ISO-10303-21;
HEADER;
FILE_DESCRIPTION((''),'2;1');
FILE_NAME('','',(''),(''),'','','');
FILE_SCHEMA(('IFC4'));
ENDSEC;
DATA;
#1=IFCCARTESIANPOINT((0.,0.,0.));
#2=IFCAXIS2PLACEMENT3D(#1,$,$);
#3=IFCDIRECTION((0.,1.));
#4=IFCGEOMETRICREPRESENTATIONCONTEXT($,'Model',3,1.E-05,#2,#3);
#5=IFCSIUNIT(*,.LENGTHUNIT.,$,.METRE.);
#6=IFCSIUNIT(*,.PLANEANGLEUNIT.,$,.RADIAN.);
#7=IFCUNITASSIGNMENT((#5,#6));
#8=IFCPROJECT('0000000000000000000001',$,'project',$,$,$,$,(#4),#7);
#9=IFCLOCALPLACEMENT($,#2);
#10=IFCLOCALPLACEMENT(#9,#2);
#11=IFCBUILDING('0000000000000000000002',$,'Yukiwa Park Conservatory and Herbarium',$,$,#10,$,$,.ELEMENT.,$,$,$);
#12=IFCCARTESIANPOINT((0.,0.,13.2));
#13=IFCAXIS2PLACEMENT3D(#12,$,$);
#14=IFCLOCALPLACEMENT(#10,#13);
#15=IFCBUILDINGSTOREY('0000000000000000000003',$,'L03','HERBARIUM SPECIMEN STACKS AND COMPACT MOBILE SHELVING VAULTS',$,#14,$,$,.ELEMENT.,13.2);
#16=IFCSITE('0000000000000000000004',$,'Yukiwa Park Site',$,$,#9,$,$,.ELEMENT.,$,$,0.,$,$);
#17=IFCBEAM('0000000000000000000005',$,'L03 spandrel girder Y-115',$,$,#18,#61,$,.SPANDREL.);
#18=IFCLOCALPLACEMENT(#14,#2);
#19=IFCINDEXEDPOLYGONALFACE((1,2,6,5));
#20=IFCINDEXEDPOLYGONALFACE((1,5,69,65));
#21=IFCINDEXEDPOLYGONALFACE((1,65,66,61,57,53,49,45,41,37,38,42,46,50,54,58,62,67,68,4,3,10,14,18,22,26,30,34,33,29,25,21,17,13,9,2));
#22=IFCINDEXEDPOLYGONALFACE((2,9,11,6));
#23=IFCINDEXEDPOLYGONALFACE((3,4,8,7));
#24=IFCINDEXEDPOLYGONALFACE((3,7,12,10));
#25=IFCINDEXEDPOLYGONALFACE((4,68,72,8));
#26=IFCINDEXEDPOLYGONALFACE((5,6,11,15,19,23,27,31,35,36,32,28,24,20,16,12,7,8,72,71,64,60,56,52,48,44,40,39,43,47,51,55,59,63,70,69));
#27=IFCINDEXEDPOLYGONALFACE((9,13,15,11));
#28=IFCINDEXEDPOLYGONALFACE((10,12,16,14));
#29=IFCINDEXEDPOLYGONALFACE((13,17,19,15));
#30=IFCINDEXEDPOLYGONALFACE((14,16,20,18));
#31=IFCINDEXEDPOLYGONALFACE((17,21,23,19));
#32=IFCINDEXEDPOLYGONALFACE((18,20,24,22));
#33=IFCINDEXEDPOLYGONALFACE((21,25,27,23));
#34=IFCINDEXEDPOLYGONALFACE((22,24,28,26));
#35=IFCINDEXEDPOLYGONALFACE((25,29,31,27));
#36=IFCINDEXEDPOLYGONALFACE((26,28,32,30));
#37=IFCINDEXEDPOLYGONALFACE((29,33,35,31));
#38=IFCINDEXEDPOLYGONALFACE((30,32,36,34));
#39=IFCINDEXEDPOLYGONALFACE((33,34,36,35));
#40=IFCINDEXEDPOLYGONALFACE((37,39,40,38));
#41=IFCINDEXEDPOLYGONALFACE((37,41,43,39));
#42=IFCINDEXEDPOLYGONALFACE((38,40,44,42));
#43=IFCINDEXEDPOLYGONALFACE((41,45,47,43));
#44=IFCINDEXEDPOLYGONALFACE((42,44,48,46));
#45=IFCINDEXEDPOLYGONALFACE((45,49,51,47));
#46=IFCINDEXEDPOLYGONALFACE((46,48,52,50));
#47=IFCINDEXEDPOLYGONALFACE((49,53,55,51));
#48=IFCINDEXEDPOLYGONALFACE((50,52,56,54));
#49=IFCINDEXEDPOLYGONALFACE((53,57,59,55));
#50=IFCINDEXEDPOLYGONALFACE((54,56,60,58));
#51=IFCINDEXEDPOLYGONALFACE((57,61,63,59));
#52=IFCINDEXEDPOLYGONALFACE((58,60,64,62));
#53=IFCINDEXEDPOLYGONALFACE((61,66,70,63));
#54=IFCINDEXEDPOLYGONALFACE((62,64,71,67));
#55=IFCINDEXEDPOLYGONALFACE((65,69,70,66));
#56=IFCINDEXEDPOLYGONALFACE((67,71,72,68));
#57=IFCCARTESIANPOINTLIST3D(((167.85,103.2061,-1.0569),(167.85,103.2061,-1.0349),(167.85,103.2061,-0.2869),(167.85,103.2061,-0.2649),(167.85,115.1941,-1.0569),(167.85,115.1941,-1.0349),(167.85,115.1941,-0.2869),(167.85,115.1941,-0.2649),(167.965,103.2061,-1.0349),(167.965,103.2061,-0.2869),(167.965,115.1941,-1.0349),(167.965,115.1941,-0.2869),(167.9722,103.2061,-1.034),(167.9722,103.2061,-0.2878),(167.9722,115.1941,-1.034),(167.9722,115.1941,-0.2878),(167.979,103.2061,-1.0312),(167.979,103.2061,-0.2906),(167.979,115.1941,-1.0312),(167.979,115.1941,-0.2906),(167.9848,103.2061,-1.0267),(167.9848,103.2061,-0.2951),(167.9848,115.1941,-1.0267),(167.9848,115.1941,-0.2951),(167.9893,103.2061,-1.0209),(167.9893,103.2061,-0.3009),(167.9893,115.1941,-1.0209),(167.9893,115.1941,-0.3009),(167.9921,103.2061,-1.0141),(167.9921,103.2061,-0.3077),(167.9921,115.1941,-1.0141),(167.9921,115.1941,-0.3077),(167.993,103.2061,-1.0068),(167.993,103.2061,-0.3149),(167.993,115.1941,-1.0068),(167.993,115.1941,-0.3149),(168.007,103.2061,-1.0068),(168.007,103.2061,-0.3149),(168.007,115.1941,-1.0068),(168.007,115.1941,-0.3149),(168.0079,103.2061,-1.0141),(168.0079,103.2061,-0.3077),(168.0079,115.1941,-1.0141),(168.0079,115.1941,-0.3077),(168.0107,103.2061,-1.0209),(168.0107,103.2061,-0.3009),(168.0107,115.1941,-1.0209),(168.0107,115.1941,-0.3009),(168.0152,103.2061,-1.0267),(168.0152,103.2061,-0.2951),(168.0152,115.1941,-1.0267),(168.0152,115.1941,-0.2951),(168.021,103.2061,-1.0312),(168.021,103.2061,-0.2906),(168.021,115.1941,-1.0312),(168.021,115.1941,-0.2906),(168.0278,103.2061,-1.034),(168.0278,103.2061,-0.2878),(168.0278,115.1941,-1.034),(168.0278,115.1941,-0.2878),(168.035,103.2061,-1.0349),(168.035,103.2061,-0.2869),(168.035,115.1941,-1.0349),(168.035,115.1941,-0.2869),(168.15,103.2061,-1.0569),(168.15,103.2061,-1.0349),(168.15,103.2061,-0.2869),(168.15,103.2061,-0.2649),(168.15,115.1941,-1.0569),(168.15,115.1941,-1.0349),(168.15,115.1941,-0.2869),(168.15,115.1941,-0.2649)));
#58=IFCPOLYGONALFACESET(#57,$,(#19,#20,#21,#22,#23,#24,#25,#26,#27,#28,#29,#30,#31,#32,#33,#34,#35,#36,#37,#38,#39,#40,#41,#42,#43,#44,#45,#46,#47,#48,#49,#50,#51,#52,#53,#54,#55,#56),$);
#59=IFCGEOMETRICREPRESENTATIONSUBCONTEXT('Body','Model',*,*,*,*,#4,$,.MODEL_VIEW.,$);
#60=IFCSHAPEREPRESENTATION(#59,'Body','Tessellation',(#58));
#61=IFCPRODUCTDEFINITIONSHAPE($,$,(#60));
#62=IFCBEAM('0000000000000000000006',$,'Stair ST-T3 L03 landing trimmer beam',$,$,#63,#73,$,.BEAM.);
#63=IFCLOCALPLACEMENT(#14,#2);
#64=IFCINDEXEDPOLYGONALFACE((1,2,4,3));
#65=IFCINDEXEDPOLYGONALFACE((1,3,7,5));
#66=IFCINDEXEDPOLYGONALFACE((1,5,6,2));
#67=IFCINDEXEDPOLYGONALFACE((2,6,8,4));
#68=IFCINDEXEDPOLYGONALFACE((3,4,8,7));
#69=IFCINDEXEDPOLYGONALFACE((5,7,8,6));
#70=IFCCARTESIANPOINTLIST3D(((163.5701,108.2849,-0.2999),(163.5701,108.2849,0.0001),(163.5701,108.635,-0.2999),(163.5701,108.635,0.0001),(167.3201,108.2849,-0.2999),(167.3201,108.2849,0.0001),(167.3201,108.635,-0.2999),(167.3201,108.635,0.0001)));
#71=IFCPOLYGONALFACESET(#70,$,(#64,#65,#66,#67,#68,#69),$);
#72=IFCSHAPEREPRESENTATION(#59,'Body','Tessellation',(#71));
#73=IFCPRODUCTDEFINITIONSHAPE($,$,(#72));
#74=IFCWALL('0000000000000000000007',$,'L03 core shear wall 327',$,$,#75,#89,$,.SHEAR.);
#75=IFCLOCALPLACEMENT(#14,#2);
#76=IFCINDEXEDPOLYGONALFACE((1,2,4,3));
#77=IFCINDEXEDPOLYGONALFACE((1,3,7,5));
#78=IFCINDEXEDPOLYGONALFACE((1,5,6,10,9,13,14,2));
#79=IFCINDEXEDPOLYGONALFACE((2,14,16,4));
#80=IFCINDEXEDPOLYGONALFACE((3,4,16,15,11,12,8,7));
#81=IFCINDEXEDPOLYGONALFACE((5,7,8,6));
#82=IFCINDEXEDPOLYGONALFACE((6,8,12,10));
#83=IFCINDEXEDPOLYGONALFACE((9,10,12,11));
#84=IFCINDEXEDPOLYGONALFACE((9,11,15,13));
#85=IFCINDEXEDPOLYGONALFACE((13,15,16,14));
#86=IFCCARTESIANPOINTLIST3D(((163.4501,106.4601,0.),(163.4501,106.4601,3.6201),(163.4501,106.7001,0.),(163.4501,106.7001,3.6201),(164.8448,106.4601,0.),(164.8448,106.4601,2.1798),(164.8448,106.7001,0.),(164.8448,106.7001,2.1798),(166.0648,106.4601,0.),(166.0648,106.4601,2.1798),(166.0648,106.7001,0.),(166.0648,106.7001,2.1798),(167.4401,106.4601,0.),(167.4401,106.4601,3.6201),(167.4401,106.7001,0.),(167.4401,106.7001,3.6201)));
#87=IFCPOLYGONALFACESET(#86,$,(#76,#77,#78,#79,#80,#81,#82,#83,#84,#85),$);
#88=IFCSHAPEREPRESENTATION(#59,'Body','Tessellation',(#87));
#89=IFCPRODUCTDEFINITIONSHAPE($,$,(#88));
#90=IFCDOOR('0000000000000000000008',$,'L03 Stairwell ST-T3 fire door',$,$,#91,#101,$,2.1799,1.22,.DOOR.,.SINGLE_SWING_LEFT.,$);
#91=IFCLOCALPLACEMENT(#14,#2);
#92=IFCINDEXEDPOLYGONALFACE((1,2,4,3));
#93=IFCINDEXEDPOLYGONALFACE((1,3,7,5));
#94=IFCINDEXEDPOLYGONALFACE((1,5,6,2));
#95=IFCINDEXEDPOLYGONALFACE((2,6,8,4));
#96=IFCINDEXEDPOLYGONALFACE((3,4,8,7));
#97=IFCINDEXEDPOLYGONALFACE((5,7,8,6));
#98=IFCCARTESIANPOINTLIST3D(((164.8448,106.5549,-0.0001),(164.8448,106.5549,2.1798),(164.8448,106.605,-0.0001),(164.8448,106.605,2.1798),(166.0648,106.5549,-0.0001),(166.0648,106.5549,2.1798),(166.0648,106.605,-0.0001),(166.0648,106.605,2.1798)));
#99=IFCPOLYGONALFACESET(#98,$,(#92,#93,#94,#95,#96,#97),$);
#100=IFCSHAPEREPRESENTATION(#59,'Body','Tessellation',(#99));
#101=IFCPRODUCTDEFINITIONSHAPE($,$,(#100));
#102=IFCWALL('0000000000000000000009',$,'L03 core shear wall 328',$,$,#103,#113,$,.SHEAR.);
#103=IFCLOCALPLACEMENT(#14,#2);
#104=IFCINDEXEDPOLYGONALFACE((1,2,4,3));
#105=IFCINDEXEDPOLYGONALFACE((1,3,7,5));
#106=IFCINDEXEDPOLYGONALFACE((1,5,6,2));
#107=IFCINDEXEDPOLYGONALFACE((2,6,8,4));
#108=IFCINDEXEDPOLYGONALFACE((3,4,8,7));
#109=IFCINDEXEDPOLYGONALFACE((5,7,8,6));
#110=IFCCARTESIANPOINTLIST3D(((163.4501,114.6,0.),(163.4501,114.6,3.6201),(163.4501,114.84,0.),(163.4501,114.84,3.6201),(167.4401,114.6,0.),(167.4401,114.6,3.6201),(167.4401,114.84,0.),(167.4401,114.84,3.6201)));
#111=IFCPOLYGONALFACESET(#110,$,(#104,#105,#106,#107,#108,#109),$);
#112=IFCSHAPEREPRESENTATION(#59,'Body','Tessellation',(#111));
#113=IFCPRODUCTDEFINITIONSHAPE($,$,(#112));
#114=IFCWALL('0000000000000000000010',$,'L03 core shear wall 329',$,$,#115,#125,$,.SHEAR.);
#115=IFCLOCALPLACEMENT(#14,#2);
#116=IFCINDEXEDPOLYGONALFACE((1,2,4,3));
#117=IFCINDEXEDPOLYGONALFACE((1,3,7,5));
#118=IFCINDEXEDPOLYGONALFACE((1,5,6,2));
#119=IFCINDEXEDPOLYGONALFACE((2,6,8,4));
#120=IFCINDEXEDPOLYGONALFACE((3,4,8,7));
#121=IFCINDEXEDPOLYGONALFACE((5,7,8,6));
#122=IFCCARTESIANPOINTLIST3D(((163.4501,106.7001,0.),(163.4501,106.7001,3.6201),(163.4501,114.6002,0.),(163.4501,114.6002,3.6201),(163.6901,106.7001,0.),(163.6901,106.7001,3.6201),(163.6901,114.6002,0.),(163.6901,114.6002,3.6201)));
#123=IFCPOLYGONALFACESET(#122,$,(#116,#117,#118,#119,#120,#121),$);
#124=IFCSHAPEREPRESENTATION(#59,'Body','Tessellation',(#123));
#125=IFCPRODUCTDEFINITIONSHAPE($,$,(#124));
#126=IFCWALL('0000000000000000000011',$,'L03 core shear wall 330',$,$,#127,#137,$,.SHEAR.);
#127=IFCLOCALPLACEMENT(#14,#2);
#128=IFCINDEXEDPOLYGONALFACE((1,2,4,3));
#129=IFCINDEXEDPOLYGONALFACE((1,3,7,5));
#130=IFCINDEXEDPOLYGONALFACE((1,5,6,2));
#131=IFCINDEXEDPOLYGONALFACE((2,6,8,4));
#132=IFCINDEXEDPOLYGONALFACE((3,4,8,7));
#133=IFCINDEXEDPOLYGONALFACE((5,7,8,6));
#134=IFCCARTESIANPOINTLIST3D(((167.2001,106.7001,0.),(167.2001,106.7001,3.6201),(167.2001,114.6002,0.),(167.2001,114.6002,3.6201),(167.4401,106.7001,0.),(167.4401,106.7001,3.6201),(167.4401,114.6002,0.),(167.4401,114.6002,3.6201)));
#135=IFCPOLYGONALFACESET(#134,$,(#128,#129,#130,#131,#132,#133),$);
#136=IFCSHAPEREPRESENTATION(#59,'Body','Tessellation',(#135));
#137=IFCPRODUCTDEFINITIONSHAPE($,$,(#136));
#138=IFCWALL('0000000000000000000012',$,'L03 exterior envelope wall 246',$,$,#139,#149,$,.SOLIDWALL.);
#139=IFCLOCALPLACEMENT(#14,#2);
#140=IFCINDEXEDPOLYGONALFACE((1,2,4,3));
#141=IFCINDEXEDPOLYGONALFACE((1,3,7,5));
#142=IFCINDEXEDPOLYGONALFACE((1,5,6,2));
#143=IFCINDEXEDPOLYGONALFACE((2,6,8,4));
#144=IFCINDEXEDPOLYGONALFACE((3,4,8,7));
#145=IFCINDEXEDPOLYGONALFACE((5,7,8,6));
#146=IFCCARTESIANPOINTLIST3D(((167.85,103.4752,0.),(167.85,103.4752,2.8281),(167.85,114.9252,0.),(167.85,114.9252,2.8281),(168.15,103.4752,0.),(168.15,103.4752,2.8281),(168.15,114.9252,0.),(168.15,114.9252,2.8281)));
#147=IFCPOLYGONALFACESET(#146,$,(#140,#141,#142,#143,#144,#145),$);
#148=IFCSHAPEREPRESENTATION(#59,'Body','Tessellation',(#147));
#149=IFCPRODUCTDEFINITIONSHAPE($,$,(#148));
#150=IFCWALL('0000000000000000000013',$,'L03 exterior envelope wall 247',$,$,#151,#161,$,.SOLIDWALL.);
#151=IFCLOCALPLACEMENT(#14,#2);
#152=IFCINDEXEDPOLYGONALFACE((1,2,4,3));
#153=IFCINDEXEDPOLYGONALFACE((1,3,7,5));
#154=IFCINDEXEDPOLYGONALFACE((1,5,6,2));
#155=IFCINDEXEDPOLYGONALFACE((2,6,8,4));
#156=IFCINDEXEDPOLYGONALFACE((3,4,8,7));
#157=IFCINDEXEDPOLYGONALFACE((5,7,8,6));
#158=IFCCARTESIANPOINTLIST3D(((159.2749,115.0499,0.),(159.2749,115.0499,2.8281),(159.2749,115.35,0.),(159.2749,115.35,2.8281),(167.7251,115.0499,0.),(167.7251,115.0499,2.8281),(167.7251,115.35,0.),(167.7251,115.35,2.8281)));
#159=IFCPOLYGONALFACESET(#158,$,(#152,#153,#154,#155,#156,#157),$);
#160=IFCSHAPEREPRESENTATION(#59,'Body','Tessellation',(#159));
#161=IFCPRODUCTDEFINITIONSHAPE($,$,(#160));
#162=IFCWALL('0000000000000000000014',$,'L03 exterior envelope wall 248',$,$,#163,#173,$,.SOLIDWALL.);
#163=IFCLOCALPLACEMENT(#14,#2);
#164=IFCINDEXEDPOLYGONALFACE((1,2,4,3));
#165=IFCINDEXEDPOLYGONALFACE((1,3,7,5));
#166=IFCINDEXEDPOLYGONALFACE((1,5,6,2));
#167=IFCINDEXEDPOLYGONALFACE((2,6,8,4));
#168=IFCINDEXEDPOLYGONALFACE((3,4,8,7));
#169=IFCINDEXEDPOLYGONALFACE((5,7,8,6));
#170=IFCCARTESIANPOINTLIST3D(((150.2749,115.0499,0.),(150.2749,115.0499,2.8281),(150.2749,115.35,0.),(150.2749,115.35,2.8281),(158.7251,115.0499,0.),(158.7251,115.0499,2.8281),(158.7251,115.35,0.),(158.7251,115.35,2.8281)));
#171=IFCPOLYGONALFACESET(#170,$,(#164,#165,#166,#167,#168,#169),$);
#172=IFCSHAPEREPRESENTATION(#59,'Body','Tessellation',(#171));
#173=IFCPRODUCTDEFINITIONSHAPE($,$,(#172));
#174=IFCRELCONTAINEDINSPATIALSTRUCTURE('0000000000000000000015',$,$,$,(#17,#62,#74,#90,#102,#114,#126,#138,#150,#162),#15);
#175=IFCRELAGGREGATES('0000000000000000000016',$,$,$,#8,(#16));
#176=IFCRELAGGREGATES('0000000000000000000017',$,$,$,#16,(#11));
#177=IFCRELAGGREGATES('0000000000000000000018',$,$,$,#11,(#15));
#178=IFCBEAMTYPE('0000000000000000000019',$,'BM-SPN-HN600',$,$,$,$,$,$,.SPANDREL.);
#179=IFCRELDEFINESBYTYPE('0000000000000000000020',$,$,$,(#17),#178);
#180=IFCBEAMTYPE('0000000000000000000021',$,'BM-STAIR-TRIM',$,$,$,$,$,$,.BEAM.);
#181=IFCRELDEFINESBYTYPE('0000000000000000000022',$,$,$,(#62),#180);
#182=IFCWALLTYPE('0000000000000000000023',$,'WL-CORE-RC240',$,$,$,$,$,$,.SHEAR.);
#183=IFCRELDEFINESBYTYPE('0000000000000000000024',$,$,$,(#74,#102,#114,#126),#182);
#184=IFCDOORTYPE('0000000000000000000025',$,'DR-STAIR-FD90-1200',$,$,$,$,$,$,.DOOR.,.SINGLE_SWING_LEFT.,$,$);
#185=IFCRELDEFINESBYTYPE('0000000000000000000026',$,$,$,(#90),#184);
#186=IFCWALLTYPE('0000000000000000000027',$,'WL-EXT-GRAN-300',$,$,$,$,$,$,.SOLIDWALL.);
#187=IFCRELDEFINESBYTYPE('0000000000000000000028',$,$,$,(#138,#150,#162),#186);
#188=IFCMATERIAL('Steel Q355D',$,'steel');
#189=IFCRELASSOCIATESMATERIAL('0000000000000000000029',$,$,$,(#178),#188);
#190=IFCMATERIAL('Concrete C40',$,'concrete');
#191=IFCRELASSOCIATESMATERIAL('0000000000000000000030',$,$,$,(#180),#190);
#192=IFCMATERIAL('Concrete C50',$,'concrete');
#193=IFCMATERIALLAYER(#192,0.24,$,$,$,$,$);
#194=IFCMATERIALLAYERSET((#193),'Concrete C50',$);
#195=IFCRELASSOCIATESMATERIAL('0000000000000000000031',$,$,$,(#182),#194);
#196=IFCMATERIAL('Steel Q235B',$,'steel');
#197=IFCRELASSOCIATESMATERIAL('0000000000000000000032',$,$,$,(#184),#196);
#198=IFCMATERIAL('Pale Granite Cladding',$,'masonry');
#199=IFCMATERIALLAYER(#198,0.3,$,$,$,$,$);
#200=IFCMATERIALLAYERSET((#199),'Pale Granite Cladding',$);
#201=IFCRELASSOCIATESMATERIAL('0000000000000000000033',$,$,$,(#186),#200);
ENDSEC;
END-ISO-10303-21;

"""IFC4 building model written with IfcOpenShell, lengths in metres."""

from ifc_helpers import new_model, si_unit, direction, frame, frame_2d, origin, origin_2d, place, context, subcontext, project, spatial, rectangle, i_section, extrude, material, layer, layer_set, material_profile, profile_set, type_object, element, fill, save


model = new_model("IFC4")

# Units and contexts
model_context = context("Model", 3, precision=1e-05, world=origin(), true_north=direction((0.0, 1.0)))
body_context = subcontext(model_context, "Body", "Model", "MODEL_VIEW")
ifc_project = project(units=[si_unit("LENGTHUNIT", "METRE"), si_unit("PLANEANGLEUNIT", "RADIAN")], contexts=[model_context])

# Site, building, storey
site_placement = place(None, origin())
site = spatial("IfcSite", under=ifc_project, at=site_placement, Name="Yukiwa Park Site", CompositionType="ELEMENT", RefElevation=0.0)
building_placement = place(site_placement, origin())
building = spatial("IfcBuilding", under=site, at=building_placement, Name="Yukiwa Park Conservatory and Herbarium", CompositionType="ELEMENT")
storey_placement = place(building_placement, frame((0.0, 0.0, 13.2)))
storey = spatial("IfcBuildingStorey", under=building, at=storey_placement, Name="L03", Description="HERBARIUM SPECIMEN STACKS AND COMPACT MOBILE SHELVING VAULTS", CompositionType="ELEMENT", Elevation=13.2)

# Beams
ifc_material_1 = material(Name="Steel Q355D", Category="steel")
ifc_material_profile_1 = material_profile(ifc_material_1, i_section(OverallWidth=0.3, OverallDepth=0.792, WebThickness=0.0139, FlangeThickness=0.022, FilletRadius=0.0281, at=origin_2d()), Name="HN 792x300x14x22")
ifc_profile_set_1 = profile_set([ifc_material_profile_1], Name="Steel Q355D")
beam_type_1 = type_object("IfcBeamType", Name="BM-SPN-HN600", PredefinedType="SPANDREL", material=ifc_profile_set_1)
beam_1_placement = place(storey_placement, frame((168.0, 103.2061, -0.6609), z_axis=(0.0, 1.0, 0.0), x_axis=(-1.0, 0.0, 0.0)))
element("IfcBeam", 1, at=beam_1_placement, inside=storey, type_object=beam_type_1, Name="L03 spandrel girder Y-115", PredefinedType="SPANDREL", context=body_context, shape_type="SweptSolid", body=[
    extrude(i_section(OverallWidth=0.3, OverallDepth=0.792, WebThickness=0.0139, FlangeThickness=0.022, FilletRadius=0.0281, at=origin_2d()), origin(), (0.0, 0.0, 1.0), 11.988),
])
ifc_material_2 = material(Name="Concrete C40", Category="concrete")
ifc_material_profile_2 = material_profile(ifc_material_2, rectangle(XDim=0.3501, YDim=0.3, at=origin_2d()), Name="RC 350x300")
ifc_profile_set_2 = profile_set([ifc_material_profile_2], Name="Concrete C40")
beam_type_2 = type_object("IfcBeamType", Name="BM-STAIR-TRIM", PredefinedType="BEAM", material=ifc_profile_set_2)
beam_2_placement = place(storey_placement, frame((163.5701, 108.46, -0.1499), z_axis=(1.0, 0.0, 0.0), x_axis=(0.0, 1.0, 0.0)))
element("IfcBeam", 2, at=beam_2_placement, inside=storey, type_object=beam_type_2, Name="Stair ST-T3 L03 landing trimmer beam", PredefinedType="BEAM", context=body_context, shape_type="SweptSolid", body=[
    extrude(rectangle(XDim=0.3501, YDim=0.3, at=origin_2d()), origin(), (0.0, 0.0, 1.0), 3.75),
])

# Wall, opening, door
ifc_material_3 = material(Name="Concrete C50", Category="concrete")
ifc_layer_1 = layer(ifc_material_3, 0.24)
ifc_layer_set_1 = layer_set([ifc_layer_1], Name="Concrete C50")
wall_type_1 = type_object("IfcWallType", Name="WL-CORE-RC240", PredefinedType="SHEAR", material=ifc_layer_set_1)
wall_1_placement = place(storey_placement, frame((163.45, 106.5801, 0.0), z_axis=(0.0, 0.0, 1.0), x_axis=(1.0, 0.0, 0.0)))
wall_1 = element("IfcWall", 3, at=wall_1_placement, inside=storey, type_object=wall_type_1, Name="L03 core shear wall 327", PredefinedType="SHEAR", context=body_context, shape_type="SweptSolid", body=[
    extrude(rectangle(XDim=3.99, YDim=0.24, at=frame_2d((1.9951, 0.0))), origin(), (0.0, 0.0, 1.0), 3.6201),
])
opening_1_placement = place(wall_1_placement, frame((1.395, 0.0, 0.0)))
opening_1 = element("IfcOpeningElement", 4, at=opening_1_placement, cuts=wall_1, PredefinedType="OPENING", context=body_context, shape_type="SweptSolid", body=[
    extrude(rectangle(XDim=1.22, YDim=2.1799, at=frame_2d((0.6099, 1.0898))), frame((0.0, 0.1299, 0.0), z_axis=(0.0, -1.0, 0.0), x_axis=(1.0, 0.0, 0.0)), (0.0, 0.0, 1.0), 0.26),
])
ifc_material_4 = material(Name="Steel Q235B", Category="steel")
door_type_1 = type_object("IfcDoorType", Name="DR-STAIR-FD90-1200", OperationType="SINGLE_SWING_LEFT", PredefinedType="DOOR", material=ifc_material_4)
door_1_placement = place(opening_1_placement, origin())
door_1 = element("IfcDoor", 5, at=door_1_placement, inside=storey, type_object=door_type_1, Name="L03 Stairwell ST-T3 fire door", OperationType="SINGLE_SWING_LEFT", OverallHeight=2.1799, OverallWidth=1.22, PredefinedType="DOOR", context=body_context, shape_type="SweptSolid", body=[
    extrude(rectangle(XDim=1.22, YDim=2.1799, at=frame_2d((0.6099, 1.0898))), frame((0.0, 0.0249, 0.0), z_axis=(0.0, -1.0, 0.0), x_axis=(1.0, 0.0, 0.0)), (0.0, 0.0, 1.0), 0.05),
])
fill(opening_1, door_1)

# Walls
wall_2_placement = place(storey_placement, frame((163.45, 114.72, 0.0), z_axis=(0.0, 0.0, 1.0), x_axis=(1.0, 0.0, 0.0)))
element("IfcWall", 6, at=wall_2_placement, inside=storey, type_object=wall_type_1, Name="L03 core shear wall 328", PredefinedType="SHEAR", context=body_context, shape_type="SweptSolid", body=[
    extrude(rectangle(XDim=3.99, YDim=0.24, at=frame_2d((1.9951, 0.0))), origin(), (0.0, 0.0, 1.0), 3.6201),
])
for number, where, z_axis, x_axis, name in (
    (7, (163.5701, 106.7, 0.0), (0.0, 0.0, 1.0), (0.0, 1.0, 0.0), "L03 core shear wall 329"),
    (8, (167.3201, 106.7, 0.0), (0.0, 0.0, 1.0), (0.0, 1.0, 0.0), "L03 core shear wall 330"),
):
    element("IfcWall", number, at=place(storey_placement, frame(where, z_axis=z_axis, x_axis=x_axis)), inside=storey, type_object=wall_type_1, Name=name, PredefinedType="SHEAR", context=body_context, shape_type="SweptSolid", body=[
        extrude(rectangle(XDim=7.9001, YDim=0.24, at=frame_2d((3.9502, 0.0))), origin(), (0.0, 0.0, 1.0), 3.6201),
    ])
ifc_material_5 = material(Name="Pale Granite Cladding", Category="masonry")
ifc_layer_2 = layer(ifc_material_5, 0.3)
ifc_layer_set_2 = layer_set([ifc_layer_2], Name="Pale Granite Cladding")
wall_type_2 = type_object("IfcWallType", Name="WL-EXT-GRAN-300", PredefinedType="SOLIDWALL", material=ifc_layer_set_2)
wall_3_placement = place(storey_placement, frame((168.0, 103.4751, 0.0), z_axis=(0.0, 0.0, 1.0), x_axis=(0.0, 1.0, 0.0)))
element("IfcWall", 9, at=wall_3_placement, inside=storey, type_object=wall_type_2, Name="L03 exterior envelope wall 246", PredefinedType="SOLIDWALL", context=body_context, shape_type="SweptSolid", body=[
    extrude(rectangle(XDim=11.45, YDim=0.3, at=frame_2d((5.7251, 0.0))), origin(), (0.0, 0.0, 1.0), 2.8281),
])
for number, where, z_axis, x_axis, name in (
    (10, (167.7251, 115.2, 0.0), (0.0, 0.0, 1.0), (-1.0, 0.0, 0.0), "L03 exterior envelope wall 247"),
    (11, (158.7251, 115.2, 0.0), (0.0, 0.0, 1.0), (-1.0, 0.0, 0.0), "L03 exterior envelope wall 248"),
):
    element("IfcWall", number, at=place(storey_placement, frame(where, z_axis=z_axis, x_axis=x_axis)), inside=storey, type_object=wall_type_2, Name=name, PredefinedType="SOLIDWALL", context=body_context, shape_type="SweptSolid", body=[
        extrude(rectangle(XDim=8.4502, YDim=0.3, at=frame_2d((4.2251, 0.0))), origin(), (0.0, 0.0, 1.0), 2.8281),
    ])

save(model, "model.ifc")
